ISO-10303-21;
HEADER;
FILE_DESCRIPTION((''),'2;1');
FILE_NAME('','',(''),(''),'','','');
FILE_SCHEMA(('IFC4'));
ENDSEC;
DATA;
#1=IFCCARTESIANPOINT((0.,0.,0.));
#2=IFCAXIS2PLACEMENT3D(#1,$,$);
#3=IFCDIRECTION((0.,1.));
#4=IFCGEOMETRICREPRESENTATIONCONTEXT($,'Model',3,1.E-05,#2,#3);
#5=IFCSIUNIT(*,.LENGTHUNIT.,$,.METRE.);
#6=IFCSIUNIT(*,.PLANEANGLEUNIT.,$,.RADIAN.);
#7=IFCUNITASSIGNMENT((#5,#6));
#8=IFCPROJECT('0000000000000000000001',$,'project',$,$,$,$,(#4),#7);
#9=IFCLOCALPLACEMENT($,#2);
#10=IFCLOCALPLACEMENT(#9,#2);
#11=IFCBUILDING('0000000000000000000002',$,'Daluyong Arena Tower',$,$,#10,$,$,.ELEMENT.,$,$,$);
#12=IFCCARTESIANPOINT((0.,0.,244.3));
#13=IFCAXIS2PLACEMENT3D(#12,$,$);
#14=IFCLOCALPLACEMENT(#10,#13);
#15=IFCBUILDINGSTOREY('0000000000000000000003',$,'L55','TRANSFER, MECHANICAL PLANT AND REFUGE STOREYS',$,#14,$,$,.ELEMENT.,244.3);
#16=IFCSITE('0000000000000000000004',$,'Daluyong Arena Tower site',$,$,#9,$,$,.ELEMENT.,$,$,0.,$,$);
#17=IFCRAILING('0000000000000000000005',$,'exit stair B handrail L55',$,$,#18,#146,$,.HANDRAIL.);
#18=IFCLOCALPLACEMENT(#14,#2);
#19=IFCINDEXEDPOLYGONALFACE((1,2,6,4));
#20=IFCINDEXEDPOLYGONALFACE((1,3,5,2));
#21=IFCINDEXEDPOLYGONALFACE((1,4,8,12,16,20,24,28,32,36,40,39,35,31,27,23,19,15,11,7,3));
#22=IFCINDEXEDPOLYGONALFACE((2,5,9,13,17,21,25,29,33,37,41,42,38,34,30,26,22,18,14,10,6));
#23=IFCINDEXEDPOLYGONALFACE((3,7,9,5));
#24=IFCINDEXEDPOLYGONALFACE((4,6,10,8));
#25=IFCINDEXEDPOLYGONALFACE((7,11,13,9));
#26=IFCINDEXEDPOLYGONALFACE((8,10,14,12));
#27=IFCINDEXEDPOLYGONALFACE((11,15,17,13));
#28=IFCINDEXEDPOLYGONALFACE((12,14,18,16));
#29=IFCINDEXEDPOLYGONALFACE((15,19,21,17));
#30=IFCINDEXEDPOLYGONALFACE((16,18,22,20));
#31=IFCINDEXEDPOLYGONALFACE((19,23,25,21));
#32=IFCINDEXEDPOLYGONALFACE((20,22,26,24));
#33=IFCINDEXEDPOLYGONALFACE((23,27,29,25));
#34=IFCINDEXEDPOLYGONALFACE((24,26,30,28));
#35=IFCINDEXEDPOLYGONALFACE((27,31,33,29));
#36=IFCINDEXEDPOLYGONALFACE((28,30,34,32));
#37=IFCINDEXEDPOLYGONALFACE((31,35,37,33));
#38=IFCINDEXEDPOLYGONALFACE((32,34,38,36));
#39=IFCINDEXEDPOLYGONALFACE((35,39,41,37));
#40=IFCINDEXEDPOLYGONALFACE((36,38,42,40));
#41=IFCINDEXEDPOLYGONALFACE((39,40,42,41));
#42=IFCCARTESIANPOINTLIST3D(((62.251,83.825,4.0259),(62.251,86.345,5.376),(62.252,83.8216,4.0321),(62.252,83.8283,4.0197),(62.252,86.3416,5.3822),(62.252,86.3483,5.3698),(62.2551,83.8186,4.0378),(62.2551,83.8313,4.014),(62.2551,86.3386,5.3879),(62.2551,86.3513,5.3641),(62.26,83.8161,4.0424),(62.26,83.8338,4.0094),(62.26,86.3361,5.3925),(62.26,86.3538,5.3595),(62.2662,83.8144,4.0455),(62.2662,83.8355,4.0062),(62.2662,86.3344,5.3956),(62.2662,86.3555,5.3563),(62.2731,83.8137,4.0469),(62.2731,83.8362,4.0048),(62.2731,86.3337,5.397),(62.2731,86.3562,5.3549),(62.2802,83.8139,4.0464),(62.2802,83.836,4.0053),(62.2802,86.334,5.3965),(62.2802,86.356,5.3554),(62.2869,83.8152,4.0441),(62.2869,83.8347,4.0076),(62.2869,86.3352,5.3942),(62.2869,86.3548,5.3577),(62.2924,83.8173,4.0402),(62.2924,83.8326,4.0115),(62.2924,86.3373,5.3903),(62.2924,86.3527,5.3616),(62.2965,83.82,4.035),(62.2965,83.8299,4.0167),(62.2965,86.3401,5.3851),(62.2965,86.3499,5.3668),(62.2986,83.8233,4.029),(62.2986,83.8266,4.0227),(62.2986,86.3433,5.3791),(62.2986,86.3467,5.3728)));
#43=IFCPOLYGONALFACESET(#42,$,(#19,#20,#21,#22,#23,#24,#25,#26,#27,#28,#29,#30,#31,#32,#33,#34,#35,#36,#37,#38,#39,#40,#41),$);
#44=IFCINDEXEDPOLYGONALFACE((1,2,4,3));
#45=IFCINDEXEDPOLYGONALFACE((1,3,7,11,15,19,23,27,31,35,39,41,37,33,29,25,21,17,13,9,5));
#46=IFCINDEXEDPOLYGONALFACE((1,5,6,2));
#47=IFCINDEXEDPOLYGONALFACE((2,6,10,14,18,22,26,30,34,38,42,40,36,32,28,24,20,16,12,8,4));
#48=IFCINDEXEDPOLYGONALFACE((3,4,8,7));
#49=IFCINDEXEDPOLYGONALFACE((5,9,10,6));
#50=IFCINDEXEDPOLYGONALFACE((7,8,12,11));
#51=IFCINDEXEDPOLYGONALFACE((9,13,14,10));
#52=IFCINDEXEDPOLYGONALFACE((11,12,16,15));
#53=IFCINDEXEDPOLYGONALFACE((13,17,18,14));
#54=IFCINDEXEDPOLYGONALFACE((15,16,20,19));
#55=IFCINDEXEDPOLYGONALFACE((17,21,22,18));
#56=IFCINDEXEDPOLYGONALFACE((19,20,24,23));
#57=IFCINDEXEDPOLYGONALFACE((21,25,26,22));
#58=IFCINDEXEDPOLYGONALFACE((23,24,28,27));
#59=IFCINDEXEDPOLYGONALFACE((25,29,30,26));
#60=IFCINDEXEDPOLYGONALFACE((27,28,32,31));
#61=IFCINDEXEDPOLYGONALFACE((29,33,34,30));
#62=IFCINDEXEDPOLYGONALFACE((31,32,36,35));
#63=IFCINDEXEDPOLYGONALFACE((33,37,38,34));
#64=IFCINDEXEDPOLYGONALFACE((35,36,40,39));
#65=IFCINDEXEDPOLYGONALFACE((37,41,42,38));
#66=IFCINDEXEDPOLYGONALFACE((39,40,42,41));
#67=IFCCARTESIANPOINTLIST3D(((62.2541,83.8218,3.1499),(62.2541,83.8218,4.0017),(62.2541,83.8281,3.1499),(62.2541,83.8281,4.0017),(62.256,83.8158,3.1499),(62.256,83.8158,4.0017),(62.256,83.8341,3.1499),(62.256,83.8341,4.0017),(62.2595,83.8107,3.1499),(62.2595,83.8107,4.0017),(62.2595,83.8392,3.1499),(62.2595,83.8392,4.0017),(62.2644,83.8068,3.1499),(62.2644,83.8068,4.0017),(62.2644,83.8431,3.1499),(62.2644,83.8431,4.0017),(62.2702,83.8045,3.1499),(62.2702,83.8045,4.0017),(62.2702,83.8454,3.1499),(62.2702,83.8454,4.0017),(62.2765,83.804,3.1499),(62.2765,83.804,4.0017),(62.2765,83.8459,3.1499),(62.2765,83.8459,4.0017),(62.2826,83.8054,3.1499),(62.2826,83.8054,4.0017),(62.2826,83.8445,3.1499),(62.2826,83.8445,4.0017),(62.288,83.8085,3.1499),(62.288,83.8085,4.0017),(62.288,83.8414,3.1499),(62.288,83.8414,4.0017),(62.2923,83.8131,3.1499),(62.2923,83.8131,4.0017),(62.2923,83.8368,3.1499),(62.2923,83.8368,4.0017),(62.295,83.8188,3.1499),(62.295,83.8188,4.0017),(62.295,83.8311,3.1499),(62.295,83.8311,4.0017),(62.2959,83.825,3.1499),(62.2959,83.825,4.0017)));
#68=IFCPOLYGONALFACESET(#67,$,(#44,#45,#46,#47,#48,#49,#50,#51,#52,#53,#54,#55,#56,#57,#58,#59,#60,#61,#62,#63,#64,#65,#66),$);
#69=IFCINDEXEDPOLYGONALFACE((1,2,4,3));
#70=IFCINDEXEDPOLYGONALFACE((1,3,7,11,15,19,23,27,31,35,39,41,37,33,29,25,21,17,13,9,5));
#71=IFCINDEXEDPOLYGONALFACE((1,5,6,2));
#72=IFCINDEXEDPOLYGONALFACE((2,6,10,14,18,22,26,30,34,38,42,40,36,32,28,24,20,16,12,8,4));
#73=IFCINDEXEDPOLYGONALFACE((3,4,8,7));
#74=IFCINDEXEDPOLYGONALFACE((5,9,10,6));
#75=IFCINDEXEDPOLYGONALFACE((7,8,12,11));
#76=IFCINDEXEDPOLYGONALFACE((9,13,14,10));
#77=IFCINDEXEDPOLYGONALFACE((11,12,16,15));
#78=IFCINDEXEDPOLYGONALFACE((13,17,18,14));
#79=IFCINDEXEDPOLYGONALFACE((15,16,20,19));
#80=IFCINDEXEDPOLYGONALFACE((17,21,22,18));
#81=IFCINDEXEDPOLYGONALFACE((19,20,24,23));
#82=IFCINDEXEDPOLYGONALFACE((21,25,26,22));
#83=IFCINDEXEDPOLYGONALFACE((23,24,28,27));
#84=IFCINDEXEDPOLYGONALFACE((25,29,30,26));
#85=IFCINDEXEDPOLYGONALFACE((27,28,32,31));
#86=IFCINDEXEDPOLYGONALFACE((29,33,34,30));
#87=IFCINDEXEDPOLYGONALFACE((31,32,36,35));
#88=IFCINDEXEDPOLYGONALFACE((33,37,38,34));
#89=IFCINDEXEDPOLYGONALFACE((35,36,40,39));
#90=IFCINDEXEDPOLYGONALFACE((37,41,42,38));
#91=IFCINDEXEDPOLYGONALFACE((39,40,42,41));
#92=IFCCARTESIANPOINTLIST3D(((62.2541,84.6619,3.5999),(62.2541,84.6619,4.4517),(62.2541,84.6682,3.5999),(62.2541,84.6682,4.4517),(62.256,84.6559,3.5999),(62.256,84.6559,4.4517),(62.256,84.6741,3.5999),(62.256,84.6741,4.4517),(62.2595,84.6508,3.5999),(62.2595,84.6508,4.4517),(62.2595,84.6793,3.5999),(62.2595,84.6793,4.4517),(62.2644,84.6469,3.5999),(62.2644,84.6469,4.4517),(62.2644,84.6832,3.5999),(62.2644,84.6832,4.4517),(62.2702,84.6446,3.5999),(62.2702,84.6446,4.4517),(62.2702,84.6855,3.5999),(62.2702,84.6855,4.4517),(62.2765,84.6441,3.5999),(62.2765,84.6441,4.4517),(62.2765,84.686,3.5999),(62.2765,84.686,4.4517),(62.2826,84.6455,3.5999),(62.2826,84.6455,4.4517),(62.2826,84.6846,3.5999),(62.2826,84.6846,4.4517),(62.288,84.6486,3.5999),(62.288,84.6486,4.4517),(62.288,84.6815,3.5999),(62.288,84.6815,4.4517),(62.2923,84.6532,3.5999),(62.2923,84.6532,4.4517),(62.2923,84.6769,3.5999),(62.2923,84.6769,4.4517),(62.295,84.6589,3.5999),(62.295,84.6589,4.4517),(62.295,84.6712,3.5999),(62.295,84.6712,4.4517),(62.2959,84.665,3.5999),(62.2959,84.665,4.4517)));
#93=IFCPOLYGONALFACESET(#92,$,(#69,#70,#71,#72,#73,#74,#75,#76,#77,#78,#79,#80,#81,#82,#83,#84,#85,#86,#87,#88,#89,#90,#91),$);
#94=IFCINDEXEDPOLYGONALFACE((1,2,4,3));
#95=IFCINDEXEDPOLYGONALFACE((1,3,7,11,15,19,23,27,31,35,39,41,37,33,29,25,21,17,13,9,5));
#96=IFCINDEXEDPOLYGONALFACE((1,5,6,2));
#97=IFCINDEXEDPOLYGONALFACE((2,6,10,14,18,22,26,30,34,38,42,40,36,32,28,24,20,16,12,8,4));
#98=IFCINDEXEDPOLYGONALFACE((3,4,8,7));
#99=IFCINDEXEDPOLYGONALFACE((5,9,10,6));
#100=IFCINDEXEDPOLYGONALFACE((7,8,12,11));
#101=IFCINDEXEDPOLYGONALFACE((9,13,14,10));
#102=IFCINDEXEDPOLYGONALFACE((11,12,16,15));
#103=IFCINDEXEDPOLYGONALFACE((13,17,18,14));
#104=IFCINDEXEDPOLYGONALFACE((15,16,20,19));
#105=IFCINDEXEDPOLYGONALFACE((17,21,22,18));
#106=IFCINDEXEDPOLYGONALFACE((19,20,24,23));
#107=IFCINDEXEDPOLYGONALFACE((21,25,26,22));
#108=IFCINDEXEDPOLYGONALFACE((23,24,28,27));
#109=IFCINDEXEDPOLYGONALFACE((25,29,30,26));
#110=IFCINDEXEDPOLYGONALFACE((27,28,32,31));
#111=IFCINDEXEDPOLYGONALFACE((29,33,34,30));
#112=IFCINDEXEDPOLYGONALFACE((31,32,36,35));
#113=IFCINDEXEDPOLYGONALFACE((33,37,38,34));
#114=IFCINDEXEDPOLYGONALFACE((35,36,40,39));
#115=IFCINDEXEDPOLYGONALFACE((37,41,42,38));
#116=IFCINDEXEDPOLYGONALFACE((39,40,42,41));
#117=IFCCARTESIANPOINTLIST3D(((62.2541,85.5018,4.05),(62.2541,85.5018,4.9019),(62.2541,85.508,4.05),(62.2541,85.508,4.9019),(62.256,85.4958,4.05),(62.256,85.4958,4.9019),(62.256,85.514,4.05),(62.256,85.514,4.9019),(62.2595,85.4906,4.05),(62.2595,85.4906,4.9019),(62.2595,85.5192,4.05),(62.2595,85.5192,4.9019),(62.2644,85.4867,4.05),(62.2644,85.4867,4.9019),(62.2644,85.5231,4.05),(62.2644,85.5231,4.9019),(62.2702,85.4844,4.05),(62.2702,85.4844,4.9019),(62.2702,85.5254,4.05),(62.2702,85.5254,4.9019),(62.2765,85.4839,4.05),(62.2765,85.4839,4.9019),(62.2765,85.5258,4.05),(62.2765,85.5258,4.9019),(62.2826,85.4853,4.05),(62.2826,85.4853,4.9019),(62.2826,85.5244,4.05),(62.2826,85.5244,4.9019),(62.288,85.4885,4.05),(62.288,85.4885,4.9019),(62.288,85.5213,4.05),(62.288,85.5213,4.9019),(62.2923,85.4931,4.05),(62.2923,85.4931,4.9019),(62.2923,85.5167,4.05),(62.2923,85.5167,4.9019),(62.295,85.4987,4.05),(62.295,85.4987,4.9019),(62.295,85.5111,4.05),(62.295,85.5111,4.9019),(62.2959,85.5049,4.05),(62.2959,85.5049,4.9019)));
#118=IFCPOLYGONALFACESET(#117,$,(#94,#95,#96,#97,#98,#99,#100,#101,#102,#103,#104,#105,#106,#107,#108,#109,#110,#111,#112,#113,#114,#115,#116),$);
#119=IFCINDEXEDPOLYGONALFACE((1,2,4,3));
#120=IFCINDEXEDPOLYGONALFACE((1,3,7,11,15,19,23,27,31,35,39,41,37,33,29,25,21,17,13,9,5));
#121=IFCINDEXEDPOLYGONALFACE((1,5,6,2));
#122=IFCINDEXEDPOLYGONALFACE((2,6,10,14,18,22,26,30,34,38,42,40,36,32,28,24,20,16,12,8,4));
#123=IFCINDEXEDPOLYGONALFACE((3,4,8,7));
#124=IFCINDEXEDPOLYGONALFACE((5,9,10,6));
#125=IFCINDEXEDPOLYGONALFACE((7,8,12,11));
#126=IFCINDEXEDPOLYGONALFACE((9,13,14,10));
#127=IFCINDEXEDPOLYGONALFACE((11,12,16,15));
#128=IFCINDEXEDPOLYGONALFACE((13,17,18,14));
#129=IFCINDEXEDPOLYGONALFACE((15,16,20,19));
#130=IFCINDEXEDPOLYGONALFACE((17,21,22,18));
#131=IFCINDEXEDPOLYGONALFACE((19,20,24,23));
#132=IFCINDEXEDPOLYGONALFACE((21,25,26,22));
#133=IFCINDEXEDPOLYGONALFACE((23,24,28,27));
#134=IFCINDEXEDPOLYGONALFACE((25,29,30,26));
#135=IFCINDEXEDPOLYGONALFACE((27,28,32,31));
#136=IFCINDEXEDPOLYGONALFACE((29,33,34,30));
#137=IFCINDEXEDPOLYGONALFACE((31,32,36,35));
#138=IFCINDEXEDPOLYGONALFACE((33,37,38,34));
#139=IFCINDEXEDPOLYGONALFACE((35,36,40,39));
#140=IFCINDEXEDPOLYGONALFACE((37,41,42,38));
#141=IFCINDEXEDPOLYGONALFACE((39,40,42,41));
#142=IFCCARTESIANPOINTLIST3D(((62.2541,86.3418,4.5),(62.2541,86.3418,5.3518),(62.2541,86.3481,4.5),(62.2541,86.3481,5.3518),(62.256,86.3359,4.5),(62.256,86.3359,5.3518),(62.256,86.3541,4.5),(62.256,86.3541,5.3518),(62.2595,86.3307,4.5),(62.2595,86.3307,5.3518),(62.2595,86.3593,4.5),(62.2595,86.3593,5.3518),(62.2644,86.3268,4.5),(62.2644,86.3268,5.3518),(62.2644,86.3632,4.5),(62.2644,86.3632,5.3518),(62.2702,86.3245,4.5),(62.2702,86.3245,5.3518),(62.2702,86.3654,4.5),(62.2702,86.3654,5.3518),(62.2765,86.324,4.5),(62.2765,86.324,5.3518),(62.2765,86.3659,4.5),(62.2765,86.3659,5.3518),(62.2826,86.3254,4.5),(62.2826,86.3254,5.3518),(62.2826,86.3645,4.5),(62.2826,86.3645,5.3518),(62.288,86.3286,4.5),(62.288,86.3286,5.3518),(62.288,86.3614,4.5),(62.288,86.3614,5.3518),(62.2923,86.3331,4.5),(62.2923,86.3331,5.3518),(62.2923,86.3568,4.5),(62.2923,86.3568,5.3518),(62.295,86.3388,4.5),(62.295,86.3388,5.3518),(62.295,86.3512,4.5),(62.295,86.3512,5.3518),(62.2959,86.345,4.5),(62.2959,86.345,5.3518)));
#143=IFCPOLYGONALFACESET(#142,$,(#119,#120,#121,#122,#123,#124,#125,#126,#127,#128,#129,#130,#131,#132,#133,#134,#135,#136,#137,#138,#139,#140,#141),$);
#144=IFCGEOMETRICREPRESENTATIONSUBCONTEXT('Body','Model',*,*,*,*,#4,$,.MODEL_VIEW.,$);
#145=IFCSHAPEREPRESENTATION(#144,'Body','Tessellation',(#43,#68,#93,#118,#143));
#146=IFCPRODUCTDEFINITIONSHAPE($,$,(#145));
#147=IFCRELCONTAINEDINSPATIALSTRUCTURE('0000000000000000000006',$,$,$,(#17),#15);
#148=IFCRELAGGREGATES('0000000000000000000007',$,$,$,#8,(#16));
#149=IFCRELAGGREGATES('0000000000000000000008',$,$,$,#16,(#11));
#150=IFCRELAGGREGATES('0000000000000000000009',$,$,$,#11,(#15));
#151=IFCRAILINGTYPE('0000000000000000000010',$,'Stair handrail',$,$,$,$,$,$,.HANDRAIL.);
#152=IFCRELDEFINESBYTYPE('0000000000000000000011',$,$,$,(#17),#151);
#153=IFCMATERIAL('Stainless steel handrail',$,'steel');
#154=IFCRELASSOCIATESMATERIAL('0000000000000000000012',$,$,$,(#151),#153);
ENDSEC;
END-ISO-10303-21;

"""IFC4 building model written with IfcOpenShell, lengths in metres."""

from ifc_helpers import new_model, si_unit, direction, frame, origin, origin_2d, place, context, subcontext, project, spatial, circle, extrude, material, type_object, element, save


model = new_model("IFC4")

# Units and contexts
model_context = context("Model", 3, precision=1e-05, world=origin(), true_north=direction((0.0, 1.0)))
body_context = subcontext(model_context, "Body", "Model", "MODEL_VIEW")
ifc_project = project(units=[si_unit("LENGTHUNIT", "METRE"), si_unit("PLANEANGLEUNIT", "RADIAN")], contexts=[model_context])

# Site, building, storey
site_placement = place(None, origin())
site = spatial("IfcSite", under=ifc_project, at=site_placement, Name="Daluyong Arena Tower site", CompositionType="ELEMENT", RefElevation=0.0)
building_placement = place(site_placement, origin())
building = spatial("IfcBuilding", under=site, at=building_placement, Name="Daluyong Arena Tower", CompositionType="ELEMENT")
storey_placement = place(building_placement, frame((0.0, 0.0, 244.3)))
storey = spatial("IfcBuildingStorey", under=building, at=storey_placement, Name="L55", Description="TRANSFER, MECHANICAL PLANT AND REFUGE STOREYS", CompositionType="ELEMENT", Elevation=244.3)

# Railing
ifc_material_1 = material(Name="Stainless steel handrail", Category="steel")
railing_type_1 = type_object("IfcRailingType", Name="Stair handrail", PredefinedType="HANDRAIL", material=ifc_material_1)
for number, where, name in (
    (1, (62.2749, 83.825, 3.1499), "exit stair B handrail L55"),
):
    element("IfcRailing", number, at=place(storey_placement, frame(where)), inside=storey, type_object=railing_type_1, Name=name, PredefinedType="HANDRAIL", context=body_context, shape_type="SweptSolid", body=[
        extrude(circle(Radius=0.0239, at=origin_2d()), frame((0.0, 0.0, 0.876), z_axis=(0.0, 0.881467, 0.472245), x_axis=(-1.0, 0.0, 0.0)), (0.0, 0.0, 1.0), 2.8589),
        extrude(circle(Radius=0.021, at=origin_2d()), origin(), (0.0, 0.0, 1.0), 0.8518),
        extrude(circle(Radius=0.021, at=origin_2d()), frame((0.0, 0.8401, 0.45)), (0.0, 0.0, 1.0), 0.8518),
        extrude(circle(Radius=0.021, at=origin_2d()), frame((0.0, 1.6799, 0.9001)), (0.0, 0.0, 1.0), 0.8518),
        extrude(circle(Radius=0.021, at=origin_2d()), frame((0.0, 2.52, 1.3501)), (0.0, 0.0, 1.0), 0.8518),
    ])

save(model, "model.ifc")
